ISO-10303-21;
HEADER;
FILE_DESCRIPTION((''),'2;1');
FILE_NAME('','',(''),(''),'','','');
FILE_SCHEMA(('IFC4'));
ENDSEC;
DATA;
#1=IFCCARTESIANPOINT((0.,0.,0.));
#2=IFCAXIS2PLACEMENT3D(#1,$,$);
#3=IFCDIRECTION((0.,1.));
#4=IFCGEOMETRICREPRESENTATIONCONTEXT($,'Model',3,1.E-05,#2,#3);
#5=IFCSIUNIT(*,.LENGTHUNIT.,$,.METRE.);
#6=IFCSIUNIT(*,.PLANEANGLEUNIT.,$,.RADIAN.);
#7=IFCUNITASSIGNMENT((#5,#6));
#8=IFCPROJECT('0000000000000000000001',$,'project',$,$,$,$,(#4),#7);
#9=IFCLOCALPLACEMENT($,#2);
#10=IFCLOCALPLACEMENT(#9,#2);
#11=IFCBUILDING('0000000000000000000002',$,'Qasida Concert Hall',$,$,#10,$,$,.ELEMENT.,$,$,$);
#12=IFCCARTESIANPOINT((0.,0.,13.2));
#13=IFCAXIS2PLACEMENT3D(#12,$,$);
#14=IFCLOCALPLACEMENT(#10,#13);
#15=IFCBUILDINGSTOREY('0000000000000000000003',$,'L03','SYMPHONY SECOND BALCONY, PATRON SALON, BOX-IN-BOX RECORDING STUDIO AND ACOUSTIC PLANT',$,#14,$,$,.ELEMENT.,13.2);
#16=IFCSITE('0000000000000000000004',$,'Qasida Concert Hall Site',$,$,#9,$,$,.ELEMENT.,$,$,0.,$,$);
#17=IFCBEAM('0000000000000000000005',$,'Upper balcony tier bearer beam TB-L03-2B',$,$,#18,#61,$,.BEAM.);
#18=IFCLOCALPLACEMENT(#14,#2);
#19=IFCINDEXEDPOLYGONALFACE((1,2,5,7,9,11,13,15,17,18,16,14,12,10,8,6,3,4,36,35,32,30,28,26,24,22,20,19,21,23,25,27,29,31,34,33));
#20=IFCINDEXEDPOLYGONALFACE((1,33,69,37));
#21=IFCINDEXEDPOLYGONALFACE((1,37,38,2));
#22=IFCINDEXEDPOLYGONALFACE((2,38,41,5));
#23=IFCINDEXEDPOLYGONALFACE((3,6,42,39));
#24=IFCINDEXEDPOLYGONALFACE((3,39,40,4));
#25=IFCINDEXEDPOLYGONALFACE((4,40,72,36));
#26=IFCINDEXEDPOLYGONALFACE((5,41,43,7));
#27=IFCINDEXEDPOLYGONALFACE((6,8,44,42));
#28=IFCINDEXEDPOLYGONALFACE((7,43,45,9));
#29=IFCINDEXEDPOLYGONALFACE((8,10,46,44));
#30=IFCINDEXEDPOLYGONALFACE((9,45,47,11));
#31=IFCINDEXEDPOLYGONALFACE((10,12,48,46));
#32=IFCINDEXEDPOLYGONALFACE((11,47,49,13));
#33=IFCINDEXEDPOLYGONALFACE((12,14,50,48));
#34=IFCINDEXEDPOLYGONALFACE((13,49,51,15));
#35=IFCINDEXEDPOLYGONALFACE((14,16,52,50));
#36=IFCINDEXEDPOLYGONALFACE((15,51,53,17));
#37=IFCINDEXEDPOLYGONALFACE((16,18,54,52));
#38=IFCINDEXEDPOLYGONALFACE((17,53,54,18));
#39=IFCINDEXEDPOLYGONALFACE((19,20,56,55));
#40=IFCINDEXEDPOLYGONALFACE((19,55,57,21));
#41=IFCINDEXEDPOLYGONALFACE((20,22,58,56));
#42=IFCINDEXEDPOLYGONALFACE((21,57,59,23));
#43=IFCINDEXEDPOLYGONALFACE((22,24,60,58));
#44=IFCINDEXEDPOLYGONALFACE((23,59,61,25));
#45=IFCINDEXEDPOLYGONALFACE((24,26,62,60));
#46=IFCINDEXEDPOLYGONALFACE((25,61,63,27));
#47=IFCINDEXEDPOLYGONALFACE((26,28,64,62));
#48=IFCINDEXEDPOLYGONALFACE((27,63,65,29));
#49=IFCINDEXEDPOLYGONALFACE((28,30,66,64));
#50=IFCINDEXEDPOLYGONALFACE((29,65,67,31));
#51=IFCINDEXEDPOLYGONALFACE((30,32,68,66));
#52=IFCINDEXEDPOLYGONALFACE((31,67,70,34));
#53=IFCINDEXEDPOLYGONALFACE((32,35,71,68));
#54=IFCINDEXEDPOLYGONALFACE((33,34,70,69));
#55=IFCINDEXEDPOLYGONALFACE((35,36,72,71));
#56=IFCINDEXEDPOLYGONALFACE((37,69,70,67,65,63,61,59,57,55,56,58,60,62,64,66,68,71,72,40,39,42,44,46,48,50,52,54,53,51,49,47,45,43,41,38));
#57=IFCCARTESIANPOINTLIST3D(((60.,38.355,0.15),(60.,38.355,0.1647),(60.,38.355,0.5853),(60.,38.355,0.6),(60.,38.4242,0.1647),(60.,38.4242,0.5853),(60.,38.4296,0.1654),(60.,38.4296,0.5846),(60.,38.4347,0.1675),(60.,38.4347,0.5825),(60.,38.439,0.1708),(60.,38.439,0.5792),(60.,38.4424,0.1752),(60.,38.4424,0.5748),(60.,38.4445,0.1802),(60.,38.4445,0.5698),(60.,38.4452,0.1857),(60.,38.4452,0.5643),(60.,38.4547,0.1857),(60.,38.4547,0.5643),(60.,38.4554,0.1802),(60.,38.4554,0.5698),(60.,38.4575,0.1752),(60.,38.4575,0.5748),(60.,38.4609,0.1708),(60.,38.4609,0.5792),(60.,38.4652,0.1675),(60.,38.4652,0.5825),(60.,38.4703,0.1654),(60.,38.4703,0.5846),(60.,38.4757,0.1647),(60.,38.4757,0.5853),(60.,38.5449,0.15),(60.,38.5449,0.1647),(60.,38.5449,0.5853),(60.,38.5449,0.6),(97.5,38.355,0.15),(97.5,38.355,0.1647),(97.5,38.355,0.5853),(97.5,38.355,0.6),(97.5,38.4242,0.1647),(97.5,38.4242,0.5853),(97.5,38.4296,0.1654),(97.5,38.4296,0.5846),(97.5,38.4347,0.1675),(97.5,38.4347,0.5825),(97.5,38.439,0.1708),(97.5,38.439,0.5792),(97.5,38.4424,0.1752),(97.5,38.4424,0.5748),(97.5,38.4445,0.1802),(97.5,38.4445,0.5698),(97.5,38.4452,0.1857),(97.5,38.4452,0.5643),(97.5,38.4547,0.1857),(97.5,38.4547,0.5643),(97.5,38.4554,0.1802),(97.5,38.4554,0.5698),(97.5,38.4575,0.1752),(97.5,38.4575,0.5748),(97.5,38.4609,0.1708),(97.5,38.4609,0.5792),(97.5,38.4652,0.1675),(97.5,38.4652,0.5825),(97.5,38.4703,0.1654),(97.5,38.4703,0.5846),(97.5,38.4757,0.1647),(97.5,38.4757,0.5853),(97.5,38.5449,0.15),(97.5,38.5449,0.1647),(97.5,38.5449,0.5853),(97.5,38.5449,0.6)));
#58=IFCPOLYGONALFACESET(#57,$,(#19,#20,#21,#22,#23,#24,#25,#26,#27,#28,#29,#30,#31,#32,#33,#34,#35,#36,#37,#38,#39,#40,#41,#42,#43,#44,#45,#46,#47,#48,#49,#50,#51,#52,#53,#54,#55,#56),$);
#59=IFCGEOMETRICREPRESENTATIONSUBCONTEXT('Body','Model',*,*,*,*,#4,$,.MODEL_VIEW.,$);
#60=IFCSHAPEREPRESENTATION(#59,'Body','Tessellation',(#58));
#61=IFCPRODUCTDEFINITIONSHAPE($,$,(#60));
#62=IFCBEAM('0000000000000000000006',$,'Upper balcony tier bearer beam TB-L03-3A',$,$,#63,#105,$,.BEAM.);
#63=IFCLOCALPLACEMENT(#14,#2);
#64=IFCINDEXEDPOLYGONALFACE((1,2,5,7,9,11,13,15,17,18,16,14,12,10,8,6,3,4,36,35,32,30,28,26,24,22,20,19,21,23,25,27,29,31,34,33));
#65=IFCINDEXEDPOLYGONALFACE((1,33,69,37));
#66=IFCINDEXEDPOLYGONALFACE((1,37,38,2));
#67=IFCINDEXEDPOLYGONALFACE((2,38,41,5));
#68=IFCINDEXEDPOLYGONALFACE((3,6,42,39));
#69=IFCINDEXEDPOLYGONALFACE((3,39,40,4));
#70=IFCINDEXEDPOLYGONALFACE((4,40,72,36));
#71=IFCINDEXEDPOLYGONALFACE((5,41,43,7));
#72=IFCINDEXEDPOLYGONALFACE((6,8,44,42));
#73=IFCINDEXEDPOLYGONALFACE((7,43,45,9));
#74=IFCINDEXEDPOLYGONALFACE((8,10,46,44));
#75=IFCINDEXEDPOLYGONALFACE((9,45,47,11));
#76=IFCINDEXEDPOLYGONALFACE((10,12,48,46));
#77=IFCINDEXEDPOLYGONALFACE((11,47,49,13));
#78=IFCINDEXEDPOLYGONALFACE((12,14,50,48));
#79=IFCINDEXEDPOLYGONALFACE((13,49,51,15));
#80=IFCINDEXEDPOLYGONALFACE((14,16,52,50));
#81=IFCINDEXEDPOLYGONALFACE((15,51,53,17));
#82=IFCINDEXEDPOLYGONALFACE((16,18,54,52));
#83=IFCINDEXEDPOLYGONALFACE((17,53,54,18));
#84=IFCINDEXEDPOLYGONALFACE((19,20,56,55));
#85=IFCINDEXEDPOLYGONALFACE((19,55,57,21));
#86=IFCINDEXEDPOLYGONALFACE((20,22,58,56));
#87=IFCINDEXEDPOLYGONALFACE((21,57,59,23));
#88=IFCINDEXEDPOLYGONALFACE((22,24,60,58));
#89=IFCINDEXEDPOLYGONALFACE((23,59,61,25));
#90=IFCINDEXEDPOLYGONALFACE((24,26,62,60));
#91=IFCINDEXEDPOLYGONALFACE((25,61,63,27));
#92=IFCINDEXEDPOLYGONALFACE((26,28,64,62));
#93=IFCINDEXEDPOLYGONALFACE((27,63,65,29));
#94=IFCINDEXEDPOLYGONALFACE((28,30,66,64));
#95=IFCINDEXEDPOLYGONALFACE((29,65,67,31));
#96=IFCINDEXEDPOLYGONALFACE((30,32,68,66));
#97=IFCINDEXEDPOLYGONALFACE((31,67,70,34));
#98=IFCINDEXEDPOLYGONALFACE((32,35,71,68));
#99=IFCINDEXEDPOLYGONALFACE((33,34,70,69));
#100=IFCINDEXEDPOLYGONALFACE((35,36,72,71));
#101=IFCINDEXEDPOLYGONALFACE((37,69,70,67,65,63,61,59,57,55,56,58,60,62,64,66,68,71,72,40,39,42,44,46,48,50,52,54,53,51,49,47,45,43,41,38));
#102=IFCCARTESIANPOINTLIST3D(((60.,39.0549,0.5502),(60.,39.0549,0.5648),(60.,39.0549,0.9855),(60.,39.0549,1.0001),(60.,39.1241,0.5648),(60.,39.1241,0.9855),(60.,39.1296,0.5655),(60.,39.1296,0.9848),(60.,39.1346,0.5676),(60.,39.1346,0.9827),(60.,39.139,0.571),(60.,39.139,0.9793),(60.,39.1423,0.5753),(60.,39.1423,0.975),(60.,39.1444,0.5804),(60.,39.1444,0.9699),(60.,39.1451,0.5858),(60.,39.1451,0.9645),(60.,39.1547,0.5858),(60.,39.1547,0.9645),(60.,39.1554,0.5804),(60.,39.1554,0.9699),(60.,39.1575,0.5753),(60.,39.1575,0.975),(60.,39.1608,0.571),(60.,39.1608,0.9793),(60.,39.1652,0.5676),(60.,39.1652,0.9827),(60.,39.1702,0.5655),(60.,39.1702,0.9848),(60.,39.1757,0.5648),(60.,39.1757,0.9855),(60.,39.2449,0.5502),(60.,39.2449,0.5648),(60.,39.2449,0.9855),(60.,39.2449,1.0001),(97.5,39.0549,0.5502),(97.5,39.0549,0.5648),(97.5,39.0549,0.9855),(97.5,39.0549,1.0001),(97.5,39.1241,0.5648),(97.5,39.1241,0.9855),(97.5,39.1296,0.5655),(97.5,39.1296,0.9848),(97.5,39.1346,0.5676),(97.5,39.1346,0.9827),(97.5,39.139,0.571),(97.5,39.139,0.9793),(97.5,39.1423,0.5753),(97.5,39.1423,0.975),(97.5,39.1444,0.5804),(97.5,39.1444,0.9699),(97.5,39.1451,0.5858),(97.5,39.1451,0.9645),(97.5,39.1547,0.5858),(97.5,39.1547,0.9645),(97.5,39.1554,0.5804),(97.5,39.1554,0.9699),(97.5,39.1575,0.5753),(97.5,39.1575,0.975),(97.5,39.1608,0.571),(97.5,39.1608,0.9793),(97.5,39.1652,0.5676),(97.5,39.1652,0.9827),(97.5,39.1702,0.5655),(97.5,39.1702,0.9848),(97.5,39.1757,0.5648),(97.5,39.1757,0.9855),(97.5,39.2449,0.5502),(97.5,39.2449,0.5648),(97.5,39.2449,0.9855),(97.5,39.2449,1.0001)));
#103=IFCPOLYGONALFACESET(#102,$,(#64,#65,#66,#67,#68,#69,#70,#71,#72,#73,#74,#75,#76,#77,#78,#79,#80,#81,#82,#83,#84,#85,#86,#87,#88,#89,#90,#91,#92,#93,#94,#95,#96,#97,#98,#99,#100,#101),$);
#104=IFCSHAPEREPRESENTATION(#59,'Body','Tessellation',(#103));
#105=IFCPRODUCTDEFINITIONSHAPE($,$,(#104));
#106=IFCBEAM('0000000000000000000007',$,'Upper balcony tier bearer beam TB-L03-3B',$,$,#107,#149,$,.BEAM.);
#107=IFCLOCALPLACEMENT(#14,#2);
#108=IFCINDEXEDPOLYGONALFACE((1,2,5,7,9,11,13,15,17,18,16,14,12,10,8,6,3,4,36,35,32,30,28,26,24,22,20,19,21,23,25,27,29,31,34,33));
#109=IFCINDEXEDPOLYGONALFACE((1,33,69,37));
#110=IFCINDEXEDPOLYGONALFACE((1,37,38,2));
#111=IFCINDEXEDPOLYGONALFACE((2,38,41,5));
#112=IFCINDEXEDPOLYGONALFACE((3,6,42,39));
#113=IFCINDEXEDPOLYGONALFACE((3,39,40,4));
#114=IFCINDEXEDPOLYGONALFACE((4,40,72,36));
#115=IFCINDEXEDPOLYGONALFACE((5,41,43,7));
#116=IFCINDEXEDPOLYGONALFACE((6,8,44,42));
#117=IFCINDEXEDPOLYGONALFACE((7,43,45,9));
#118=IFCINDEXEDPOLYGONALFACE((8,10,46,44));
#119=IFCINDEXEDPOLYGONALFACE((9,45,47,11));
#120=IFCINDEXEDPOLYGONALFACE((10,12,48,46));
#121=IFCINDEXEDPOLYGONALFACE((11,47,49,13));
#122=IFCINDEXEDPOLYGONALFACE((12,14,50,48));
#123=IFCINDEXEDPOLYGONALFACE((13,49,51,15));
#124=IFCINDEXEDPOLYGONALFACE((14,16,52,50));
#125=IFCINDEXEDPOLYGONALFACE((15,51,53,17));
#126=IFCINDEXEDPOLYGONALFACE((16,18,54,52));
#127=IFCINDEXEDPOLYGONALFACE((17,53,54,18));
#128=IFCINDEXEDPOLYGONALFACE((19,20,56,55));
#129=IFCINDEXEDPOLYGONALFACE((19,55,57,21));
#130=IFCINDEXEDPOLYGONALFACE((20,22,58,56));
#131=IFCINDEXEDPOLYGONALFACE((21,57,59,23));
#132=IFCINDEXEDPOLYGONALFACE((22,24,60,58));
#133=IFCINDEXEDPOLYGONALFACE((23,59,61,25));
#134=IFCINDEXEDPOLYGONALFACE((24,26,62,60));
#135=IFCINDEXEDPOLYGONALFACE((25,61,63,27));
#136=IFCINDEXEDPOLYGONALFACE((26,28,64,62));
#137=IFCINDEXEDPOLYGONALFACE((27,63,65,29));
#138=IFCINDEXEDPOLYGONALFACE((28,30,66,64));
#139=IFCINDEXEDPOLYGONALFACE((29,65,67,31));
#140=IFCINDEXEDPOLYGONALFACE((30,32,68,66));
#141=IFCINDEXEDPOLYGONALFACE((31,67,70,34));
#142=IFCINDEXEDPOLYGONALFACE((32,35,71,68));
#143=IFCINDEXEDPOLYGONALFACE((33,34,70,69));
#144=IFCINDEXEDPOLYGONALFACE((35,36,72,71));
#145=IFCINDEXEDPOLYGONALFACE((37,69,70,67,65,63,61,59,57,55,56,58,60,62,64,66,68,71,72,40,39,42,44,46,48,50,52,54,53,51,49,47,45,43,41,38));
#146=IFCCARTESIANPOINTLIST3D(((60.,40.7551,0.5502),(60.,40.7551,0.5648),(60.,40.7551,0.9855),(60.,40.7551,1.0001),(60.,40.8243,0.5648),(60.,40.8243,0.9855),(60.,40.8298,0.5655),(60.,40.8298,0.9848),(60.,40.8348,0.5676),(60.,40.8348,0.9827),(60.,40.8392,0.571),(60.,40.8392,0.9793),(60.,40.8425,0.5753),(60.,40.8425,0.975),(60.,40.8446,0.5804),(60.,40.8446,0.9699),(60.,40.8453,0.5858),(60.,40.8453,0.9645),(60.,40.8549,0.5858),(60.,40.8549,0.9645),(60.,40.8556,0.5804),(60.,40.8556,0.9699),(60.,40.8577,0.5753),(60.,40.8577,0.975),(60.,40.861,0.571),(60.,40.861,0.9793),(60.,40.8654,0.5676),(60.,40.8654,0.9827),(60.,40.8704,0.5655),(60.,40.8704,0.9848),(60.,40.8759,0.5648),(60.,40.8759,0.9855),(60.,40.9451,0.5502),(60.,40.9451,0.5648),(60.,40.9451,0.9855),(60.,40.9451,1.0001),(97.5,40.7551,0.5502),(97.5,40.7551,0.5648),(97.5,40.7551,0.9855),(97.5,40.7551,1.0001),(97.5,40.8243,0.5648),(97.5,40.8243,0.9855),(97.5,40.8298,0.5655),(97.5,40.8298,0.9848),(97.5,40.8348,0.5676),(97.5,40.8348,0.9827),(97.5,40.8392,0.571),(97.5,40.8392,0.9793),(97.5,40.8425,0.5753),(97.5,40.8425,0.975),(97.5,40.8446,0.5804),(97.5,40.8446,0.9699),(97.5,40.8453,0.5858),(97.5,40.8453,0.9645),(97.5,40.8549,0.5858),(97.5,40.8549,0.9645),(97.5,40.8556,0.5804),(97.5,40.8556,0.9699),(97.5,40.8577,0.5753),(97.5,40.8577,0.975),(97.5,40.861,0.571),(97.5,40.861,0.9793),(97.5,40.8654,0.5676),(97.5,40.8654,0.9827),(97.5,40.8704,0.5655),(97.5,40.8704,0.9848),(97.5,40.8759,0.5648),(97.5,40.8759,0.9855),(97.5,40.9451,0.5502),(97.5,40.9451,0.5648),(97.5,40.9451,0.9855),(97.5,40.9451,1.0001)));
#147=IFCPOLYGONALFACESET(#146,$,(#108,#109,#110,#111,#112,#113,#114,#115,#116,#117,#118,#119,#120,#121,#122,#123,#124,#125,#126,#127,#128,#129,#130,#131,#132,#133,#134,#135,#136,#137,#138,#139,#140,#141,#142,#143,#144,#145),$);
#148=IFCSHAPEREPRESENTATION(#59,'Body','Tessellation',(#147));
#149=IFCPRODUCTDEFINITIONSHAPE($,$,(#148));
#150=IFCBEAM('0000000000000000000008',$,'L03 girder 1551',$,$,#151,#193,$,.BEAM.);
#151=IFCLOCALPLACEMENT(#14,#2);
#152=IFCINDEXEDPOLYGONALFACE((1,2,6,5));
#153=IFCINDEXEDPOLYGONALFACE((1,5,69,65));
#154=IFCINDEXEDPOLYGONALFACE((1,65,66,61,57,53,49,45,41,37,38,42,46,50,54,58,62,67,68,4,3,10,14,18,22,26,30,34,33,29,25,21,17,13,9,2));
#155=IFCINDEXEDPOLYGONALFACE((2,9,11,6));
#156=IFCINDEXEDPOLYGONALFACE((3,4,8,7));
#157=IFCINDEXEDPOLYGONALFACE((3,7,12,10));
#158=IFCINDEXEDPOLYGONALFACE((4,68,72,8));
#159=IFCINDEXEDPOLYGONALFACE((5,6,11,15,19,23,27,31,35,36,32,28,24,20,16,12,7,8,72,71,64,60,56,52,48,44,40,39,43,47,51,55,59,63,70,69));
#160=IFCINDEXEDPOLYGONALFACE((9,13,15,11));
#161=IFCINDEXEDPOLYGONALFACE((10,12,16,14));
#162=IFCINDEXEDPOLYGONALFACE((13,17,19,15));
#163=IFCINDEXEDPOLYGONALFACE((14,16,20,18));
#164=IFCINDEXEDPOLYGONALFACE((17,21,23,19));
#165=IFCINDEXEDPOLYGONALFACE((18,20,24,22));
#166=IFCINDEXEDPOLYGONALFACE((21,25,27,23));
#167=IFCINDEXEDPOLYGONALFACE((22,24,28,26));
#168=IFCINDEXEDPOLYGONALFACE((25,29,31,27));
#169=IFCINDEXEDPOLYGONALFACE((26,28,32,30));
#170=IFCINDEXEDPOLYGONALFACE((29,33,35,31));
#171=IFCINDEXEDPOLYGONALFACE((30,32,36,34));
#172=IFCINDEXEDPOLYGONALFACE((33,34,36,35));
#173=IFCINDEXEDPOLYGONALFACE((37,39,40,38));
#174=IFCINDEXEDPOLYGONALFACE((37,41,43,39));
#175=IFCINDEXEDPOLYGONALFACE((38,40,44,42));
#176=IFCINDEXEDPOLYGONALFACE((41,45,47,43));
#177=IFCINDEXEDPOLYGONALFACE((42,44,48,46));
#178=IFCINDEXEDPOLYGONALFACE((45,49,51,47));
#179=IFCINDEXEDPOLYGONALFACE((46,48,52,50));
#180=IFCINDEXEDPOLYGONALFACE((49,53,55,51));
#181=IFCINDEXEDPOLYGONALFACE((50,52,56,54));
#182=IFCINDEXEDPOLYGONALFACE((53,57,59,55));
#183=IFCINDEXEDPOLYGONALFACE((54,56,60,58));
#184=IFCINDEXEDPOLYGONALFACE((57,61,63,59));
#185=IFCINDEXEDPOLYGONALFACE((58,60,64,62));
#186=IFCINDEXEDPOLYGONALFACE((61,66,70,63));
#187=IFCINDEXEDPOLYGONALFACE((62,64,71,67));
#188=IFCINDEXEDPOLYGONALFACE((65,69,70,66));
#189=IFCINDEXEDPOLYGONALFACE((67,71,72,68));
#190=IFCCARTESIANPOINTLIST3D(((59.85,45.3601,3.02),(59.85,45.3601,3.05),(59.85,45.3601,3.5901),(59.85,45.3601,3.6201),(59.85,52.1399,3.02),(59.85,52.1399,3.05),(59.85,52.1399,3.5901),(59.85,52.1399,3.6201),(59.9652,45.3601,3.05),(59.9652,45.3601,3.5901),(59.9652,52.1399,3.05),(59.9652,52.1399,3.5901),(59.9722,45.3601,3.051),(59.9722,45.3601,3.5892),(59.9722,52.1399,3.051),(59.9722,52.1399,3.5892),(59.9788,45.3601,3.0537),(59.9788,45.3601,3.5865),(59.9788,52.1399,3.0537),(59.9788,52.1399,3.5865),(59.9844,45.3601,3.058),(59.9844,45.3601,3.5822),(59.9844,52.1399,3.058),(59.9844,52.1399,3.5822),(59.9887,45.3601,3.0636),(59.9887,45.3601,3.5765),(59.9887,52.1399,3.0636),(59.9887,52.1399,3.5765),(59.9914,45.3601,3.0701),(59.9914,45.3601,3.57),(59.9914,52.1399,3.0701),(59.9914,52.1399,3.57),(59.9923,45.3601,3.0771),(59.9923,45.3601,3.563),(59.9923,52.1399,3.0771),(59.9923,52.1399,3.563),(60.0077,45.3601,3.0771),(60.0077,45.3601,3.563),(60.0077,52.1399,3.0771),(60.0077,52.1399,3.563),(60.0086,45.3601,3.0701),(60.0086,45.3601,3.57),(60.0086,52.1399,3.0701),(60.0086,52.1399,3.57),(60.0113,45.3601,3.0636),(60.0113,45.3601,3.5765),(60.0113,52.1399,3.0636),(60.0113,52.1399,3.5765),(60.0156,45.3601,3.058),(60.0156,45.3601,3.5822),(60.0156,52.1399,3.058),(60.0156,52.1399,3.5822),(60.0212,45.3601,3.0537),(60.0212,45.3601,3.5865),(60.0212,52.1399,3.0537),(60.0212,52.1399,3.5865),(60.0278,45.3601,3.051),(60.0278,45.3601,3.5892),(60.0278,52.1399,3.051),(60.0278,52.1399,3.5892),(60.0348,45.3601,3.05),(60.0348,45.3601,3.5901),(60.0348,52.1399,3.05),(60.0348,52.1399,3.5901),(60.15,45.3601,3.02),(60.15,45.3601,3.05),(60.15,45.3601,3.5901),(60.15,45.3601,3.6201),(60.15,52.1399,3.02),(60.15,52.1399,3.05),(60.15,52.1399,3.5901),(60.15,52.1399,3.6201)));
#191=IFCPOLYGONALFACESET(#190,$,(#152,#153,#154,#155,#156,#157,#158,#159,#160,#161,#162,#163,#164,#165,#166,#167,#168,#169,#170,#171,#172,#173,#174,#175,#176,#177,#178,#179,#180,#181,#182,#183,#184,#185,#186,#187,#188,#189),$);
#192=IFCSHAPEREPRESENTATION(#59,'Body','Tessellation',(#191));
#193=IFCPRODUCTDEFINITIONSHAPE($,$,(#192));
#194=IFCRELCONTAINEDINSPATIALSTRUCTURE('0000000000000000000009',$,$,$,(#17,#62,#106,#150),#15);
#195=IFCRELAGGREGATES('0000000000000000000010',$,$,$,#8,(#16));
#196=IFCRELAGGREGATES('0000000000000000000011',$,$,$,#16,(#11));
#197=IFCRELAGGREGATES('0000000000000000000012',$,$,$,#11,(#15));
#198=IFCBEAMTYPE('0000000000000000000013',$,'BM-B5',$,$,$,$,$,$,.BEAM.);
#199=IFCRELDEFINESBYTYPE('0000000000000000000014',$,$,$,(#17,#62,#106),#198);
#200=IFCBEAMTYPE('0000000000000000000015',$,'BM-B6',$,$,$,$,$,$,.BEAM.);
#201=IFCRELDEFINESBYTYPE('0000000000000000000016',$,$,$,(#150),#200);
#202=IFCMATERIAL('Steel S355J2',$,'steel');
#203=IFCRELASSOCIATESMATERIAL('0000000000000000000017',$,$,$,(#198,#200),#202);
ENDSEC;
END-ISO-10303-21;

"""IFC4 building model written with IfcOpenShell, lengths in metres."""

from ifc_helpers import new_model, si_unit, direction, frame, origin, origin_2d, place, context, subcontext, project, spatial, i_section, extrude, material, material_profile, profile_set, type_object, element, save


model = new_model("IFC4")

# Units and contexts
model_context = context("Model", 3, precision=1e-05, world=origin(), true_north=direction((0.0, 1.0)))
body_context = subcontext(model_context, "Body", "Model", "MODEL_VIEW")
ifc_project = project(units=[si_unit("LENGTHUNIT", "METRE"), si_unit("PLANEANGLEUNIT", "RADIAN")], contexts=[model_context])

# Site, building, storey
site_placement = place(None, origin())
site = spatial("IfcSite", under=ifc_project, at=site_placement, Name="Qasida Concert Hall Site", CompositionType="ELEMENT", RefElevation=0.0)
building_placement = place(site_placement, origin())
building = spatial("IfcBuilding", under=site, at=building_placement, Name="Qasida Concert Hall", CompositionType="ELEMENT")
storey_placement = place(building_placement, frame((0.0, 0.0, 13.2)))
storey = spatial("IfcBuildingStorey", under=building, at=storey_placement, Name="L03", Description="SYMPHONY SECOND BALCONY, PATRON SALON, BOX-IN-BOX RECORDING STUDIO AND ACOUSTIC PLANT", CompositionType="ELEMENT", Elevation=13.2)

# Beams
ifc_material_1 = material(Name="Steel S355J2", Category="steel")
ifc_material_profile_1 = material_profile(ifc_material_1, i_section(OverallWidth=0.1899, OverallDepth=0.45, WebThickness=0.0095, FlangeThickness=0.0146, FilletRadius=0.021, at=origin_2d()), Name="IPE 450")
ifc_profile_set_1 = profile_set([ifc_material_profile_1], Name="Steel S355J2")
beam_type_1 = type_object("IfcBeamType", Name="BM-B5", PredefinedType="BEAM", material=ifc_profile_set_1)
for number, where, z_axis, x_axis, name in (
    (1, (60.0, 38.45, 0.375), (1.0, 0.0, 0.0), (0.0, 1.0, 0.0), "Upper balcony tier bearer beam TB-L03-2B"),
    (2, (60.0, 39.1499, 0.7751), (1.0, 0.0, 0.0), (0.0, 1.0, 0.0), "Upper balcony tier bearer beam TB-L03-3A"),
    (3, (60.0, 40.8501, 0.7751), (1.0, 0.0, 0.0), (0.0, 1.0, 0.0), "Upper balcony tier bearer beam TB-L03-3B"),
):
    element("IfcBeam", number, at=place(storey_placement, frame(where, z_axis=z_axis, x_axis=x_axis)), inside=storey, type_object=beam_type_1, Name=name, PredefinedType="BEAM", context=body_context, shape_type="SweptSolid", body=[
        extrude(i_section(OverallWidth=0.1899, OverallDepth=0.45, WebThickness=0.0095, FlangeThickness=0.0146, FilletRadius=0.021, at=origin_2d()), origin(), (0.0, 0.0, 1.0), 37.5),
    ])
ifc_material_profile_2 = material_profile(ifc_material_1, i_section(OverallWidth=0.3, OverallDepth=0.6001, WebThickness=0.0154, FlangeThickness=0.03, FilletRadius=0.0271, at=origin_2d()), Name="HEB 600")
ifc_profile_set_2 = profile_set([ifc_material_profile_2], Name="Steel S355J2")
beam_type_2 = type_object("IfcBeamType", Name="BM-B6", PredefinedType="BEAM", material=ifc_profile_set_2)
beam_1_placement = place(storey_placement, frame((60.0, 45.3601, 3.3201), z_axis=(0.0, 1.0, 0.0), x_axis=(-1.0, 0.0, 0.0)))
element("IfcBeam", 4, at=beam_1_placement, inside=storey, type_object=beam_type_2, Name="L03 girder 1551", PredefinedType="BEAM", context=body_context, shape_type="SweptSolid", body=[
    extrude(i_section(OverallWidth=0.3, OverallDepth=0.6001, WebThickness=0.0154, FlangeThickness=0.03, FilletRadius=0.0271, at=origin_2d()), origin(), (0.0, 0.0, 1.0), 6.7798),
])

save(model, "model.ifc")
